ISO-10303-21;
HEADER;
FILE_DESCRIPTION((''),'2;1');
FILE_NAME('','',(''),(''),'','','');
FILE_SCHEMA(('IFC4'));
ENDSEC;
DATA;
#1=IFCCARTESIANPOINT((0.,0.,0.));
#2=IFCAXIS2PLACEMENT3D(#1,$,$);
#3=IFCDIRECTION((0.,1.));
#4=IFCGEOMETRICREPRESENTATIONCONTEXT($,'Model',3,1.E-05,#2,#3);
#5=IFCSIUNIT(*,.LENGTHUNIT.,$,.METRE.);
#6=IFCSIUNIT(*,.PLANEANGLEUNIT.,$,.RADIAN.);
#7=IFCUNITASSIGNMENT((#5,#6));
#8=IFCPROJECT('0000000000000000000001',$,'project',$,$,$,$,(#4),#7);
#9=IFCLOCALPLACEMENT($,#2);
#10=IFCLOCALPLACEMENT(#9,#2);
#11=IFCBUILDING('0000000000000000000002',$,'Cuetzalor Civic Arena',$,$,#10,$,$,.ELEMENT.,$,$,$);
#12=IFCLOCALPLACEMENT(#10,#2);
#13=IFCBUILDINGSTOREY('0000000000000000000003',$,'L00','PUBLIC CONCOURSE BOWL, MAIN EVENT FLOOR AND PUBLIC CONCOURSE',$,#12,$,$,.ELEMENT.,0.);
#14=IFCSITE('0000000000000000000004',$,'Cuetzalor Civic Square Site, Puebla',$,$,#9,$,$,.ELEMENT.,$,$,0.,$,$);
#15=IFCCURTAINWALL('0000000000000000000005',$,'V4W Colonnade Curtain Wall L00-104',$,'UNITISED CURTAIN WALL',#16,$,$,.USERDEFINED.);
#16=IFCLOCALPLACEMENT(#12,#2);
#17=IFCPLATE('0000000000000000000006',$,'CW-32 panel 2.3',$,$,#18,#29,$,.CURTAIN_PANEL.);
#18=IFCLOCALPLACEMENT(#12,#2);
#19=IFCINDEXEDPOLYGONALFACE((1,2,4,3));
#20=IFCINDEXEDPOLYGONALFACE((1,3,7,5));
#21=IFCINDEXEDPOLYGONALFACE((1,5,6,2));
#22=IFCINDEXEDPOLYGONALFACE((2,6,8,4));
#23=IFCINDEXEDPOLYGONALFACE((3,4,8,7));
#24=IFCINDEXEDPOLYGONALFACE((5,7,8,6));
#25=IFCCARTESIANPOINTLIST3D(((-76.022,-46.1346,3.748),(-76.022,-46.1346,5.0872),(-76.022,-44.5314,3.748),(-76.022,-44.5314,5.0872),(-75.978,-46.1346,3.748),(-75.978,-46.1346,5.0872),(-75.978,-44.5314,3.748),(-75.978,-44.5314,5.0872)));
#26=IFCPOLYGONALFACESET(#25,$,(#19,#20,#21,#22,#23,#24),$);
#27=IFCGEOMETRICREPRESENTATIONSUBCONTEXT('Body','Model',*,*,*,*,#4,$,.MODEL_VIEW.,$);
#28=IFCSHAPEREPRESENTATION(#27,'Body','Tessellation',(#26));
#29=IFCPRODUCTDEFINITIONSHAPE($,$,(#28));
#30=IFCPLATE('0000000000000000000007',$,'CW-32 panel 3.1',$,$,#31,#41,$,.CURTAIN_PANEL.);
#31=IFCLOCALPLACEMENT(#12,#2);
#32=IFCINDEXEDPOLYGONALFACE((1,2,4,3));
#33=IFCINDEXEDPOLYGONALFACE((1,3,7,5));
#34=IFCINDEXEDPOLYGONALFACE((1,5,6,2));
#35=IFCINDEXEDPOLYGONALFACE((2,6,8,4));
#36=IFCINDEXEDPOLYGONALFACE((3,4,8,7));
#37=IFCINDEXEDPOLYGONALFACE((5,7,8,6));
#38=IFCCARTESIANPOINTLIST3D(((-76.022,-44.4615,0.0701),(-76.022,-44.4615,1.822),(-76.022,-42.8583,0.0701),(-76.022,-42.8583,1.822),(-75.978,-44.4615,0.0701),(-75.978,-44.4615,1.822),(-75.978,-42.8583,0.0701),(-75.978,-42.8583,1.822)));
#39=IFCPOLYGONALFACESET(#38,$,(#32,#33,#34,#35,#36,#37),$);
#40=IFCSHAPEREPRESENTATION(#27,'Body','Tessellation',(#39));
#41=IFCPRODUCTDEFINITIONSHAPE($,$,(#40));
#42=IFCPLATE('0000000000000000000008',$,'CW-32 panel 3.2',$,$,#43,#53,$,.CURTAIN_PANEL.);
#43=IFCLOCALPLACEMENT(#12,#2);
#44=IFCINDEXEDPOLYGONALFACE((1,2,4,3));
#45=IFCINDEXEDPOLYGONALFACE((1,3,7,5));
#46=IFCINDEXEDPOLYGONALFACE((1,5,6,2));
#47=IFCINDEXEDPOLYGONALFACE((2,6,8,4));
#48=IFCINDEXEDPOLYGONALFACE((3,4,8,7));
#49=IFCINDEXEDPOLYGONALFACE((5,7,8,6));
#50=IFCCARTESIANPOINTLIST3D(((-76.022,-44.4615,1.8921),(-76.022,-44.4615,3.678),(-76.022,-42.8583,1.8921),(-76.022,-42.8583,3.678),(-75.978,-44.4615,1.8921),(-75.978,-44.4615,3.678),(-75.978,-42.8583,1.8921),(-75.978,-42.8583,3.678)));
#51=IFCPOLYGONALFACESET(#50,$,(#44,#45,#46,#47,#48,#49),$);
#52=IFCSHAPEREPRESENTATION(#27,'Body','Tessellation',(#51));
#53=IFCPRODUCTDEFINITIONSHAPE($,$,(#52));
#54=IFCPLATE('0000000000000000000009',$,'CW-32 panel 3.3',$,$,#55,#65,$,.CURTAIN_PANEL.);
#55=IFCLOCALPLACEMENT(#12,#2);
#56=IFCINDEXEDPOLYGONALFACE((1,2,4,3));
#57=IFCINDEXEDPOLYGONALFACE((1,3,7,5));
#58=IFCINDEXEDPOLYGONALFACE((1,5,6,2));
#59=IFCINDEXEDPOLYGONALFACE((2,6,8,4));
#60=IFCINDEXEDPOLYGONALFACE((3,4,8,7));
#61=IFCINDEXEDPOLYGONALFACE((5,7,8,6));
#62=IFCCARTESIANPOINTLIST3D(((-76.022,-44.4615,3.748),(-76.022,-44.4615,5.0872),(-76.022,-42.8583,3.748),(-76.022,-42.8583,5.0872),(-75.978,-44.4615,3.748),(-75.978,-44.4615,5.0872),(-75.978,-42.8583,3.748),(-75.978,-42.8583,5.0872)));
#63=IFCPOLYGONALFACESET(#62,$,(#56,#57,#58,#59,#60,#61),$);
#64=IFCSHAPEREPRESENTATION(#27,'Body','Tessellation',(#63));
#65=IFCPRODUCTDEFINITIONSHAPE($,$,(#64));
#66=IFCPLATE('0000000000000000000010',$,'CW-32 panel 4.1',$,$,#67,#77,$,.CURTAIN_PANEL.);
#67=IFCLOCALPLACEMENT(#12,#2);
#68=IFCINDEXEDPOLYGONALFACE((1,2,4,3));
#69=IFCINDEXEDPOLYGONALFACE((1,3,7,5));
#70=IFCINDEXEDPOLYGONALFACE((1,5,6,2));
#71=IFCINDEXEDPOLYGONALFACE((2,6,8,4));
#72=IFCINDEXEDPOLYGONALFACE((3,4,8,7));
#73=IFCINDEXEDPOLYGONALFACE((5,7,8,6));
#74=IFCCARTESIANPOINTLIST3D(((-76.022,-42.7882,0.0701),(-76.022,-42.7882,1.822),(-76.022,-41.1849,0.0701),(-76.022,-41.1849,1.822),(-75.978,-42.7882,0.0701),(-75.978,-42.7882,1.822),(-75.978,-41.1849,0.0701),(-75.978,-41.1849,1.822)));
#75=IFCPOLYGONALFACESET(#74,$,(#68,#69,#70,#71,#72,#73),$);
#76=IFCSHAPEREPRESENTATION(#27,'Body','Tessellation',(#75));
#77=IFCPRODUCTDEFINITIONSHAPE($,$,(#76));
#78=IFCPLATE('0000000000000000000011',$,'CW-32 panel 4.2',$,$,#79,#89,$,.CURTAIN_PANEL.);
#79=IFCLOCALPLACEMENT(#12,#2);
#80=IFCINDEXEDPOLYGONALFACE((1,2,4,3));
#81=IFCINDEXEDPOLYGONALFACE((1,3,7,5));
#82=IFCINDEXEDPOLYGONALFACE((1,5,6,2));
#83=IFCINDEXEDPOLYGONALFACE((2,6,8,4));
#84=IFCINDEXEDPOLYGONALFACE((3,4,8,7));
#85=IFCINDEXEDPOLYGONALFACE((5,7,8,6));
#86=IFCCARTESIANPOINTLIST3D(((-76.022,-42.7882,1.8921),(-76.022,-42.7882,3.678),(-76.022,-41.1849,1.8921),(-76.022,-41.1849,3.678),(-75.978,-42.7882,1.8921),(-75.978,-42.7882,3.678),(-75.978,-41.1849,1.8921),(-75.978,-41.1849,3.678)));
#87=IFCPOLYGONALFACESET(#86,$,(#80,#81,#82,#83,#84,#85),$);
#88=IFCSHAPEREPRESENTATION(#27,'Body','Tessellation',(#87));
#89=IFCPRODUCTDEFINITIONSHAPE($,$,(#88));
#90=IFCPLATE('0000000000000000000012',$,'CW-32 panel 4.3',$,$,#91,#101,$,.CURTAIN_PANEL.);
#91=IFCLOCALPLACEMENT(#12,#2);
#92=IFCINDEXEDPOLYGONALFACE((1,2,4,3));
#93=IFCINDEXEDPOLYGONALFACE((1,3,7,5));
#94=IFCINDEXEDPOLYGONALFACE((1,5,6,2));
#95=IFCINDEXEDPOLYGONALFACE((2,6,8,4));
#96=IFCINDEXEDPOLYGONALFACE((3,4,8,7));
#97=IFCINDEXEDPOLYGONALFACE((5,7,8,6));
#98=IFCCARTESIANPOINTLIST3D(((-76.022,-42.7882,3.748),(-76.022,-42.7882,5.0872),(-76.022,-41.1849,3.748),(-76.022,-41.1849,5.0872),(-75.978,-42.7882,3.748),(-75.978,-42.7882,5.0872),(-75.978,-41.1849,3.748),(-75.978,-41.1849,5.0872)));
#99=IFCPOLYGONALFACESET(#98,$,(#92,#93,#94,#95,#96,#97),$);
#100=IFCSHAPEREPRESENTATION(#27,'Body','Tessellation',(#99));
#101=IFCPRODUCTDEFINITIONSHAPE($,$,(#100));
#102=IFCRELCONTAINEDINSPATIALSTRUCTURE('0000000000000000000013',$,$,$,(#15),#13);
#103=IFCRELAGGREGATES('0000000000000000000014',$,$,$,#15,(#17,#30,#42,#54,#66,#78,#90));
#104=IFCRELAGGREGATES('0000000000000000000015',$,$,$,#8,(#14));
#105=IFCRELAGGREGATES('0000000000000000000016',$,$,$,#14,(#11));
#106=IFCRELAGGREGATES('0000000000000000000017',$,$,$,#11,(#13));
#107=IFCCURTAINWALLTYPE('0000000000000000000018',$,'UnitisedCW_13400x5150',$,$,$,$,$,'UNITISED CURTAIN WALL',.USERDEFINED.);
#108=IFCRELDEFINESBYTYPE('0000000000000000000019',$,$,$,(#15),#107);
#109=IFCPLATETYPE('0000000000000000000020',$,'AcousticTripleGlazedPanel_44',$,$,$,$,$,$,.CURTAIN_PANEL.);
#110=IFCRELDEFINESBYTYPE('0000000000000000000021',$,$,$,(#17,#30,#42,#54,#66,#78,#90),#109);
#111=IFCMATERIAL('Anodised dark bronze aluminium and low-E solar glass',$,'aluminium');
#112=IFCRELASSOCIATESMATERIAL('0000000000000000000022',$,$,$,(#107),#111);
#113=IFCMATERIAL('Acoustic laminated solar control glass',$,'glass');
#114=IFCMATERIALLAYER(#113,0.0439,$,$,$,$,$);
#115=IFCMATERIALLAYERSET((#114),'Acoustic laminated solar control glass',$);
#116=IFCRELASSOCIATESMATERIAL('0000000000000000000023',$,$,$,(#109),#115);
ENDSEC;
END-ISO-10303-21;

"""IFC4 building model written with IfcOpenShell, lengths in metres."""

from ifc_helpers import new_model, si_unit, direction, frame, origin, origin_2d, place, context, subcontext, project, spatial, rectangle, extrude, material, layer, layer_set, type_object, element, aggregate, save


model = new_model("IFC4")

# Units and contexts
model_context = context("Model", 3, precision=1e-05, world=origin(), true_north=direction((0.0, 1.0)))
body_context = subcontext(model_context, "Body", "Model", "MODEL_VIEW")
ifc_project = project(units=[si_unit("LENGTHUNIT", "METRE"), si_unit("PLANEANGLEUNIT", "RADIAN")], contexts=[model_context])

# Site, building, storey
site_placement = place(None, origin())
site = spatial("IfcSite", under=ifc_project, at=site_placement, Name="Cuetzalor Civic Square Site, Puebla", CompositionType="ELEMENT", RefElevation=0.0)
building_placement = place(site_placement, origin())
building = spatial("IfcBuilding", under=site, at=building_placement, Name="Cuetzalor Civic Arena", CompositionType="ELEMENT")
storey_placement = place(building_placement, origin())
storey = spatial("IfcBuildingStorey", under=building, at=storey_placement, Name="L00", Description="PUBLIC CONCOURSE BOWL, MAIN EVENT FLOOR AND PUBLIC CONCOURSE", CompositionType="ELEMENT", Elevation=0.0)

# Curtain wall, plates
ifc_material_1 = material(Name="Anodised dark bronze aluminium and low-E solar glass", Category="aluminium")
curtain_wall_type = type_object("IfcCurtainWallType", Name="UnitisedCW_13400x5150", ElementType="UNITISED CURTAIN WALL", PredefinedType="USERDEFINED", material=ifc_material_1)
curtain_wall_placement = place(storey_placement, origin())
curtain_wall = element("IfcCurtainWall", 1, at=curtain_wall_placement, inside=storey, type_object=curtain_wall_type, Name="V4W Colonnade Curtain Wall L00-104", ObjectType="UNITISED CURTAIN WALL", PredefinedType="USERDEFINED")
ifc_material_2 = material(Name="Acoustic laminated solar control glass", Category="glass")
ifc_layer = layer(ifc_material_2, 0.0439)
ifc_layer_set = layer_set([ifc_layer], Name="Acoustic laminated solar control glass")
plate_type = type_object("IfcPlateType", Name="AcousticTripleGlazedPanel_44", PredefinedType="CURTAIN_PANEL", material=ifc_layer_set)
plate_1_placement = place(storey_placement, frame((-76.0, -45.333, 3.748), z_axis=(0.0, 0.0, 1.0), x_axis=(0.0, 1.0, 0.0)))
plate_1 = element("IfcPlate", 2, at=plate_1_placement, type_object=plate_type, Name="CW-32 panel 2.3", PredefinedType="CURTAIN_PANEL", context=body_context, shape_type="SweptSolid", body=[
    extrude(rectangle(XDim=1.6033, YDim=0.0439, at=origin_2d()), origin(), (0.0, 0.0, 1.0), 1.3391),
])
plate_2_placement = place(storey_placement, frame((-76.0, -43.6599, 0.0701), z_axis=(0.0, 0.0, 1.0), x_axis=(0.0, 1.0, 0.0)))
plate_2 = element("IfcPlate", 3, at=plate_2_placement, type_object=plate_type, Name="CW-32 panel 3.1", PredefinedType="CURTAIN_PANEL", context=body_context, shape_type="SweptSolid", body=[
    extrude(rectangle(XDim=1.6033, YDim=0.0439, at=origin_2d()), origin(), (0.0, 0.0, 1.0), 1.752),
])
plate_3_placement = place(storey_placement, frame((-76.0, -43.6599, 1.8921), z_axis=(0.0, 0.0, 1.0), x_axis=(0.0, 1.0, 0.0)))
plate_3 = element("IfcPlate", 4, at=plate_3_placement, type_object=plate_type, Name="CW-32 panel 3.2", PredefinedType="CURTAIN_PANEL", context=body_context, shape_type="SweptSolid", body=[
    extrude(rectangle(XDim=1.6033, YDim=0.0439, at=origin_2d()), origin(), (0.0, 0.0, 1.0), 1.7859),
])
plate_4_placement = place(storey_placement, frame((-76.0, -43.6599, 3.748), z_axis=(0.0, 0.0, 1.0), x_axis=(0.0, 1.0, 0.0)))
plate_4 = element("IfcPlate", 5, at=plate_4_placement, type_object=plate_type, Name="CW-32 panel 3.3", PredefinedType="CURTAIN_PANEL", context=body_context, shape_type="SweptSolid", body=[
    extrude(rectangle(XDim=1.6033, YDim=0.0439, at=origin_2d()), origin(), (0.0, 0.0, 1.0), 1.3391),
])
plate_5_placement = place(storey_placement, frame((-76.0, -41.9866, 0.0701), z_axis=(0.0, 0.0, 1.0), x_axis=(0.0, 1.0, 0.0)))
plate_5 = element("IfcPlate", 6, at=plate_5_placement, type_object=plate_type, Name="CW-32 panel 4.1", PredefinedType="CURTAIN_PANEL", context=body_context, shape_type="SweptSolid", body=[
    extrude(rectangle(XDim=1.6033, YDim=0.0439, at=origin_2d()), origin(), (0.0, 0.0, 1.0), 1.752),
])
plate_6_placement = place(storey_placement, frame((-76.0, -41.9866, 1.8921), z_axis=(0.0, 0.0, 1.0), x_axis=(0.0, 1.0, 0.0)))
plate_6 = element("IfcPlate", 7, at=plate_6_placement, type_object=plate_type, Name="CW-32 panel 4.2", PredefinedType="CURTAIN_PANEL", context=body_context, shape_type="SweptSolid", body=[
    extrude(rectangle(XDim=1.6033, YDim=0.0439, at=origin_2d()), origin(), (0.0, 0.0, 1.0), 1.7859),
])
plate_7_placement = place(storey_placement, frame((-76.0, -41.9866, 3.748), z_axis=(0.0, 0.0, 1.0), x_axis=(0.0, 1.0, 0.0)))
plate_7 = element("IfcPlate", 8, at=plate_7_placement, type_object=plate_type, Name="CW-32 panel 4.3", PredefinedType="CURTAIN_PANEL", context=body_context, shape_type="SweptSolid", body=[
    extrude(rectangle(XDim=1.6033, YDim=0.0439, at=origin_2d()), origin(), (0.0, 0.0, 1.0), 1.3391),
])
aggregate(curtain_wall, [plate_1, plate_2, plate_3, plate_4, plate_5, plate_6, plate_7])

save(model, "model.ifc")
